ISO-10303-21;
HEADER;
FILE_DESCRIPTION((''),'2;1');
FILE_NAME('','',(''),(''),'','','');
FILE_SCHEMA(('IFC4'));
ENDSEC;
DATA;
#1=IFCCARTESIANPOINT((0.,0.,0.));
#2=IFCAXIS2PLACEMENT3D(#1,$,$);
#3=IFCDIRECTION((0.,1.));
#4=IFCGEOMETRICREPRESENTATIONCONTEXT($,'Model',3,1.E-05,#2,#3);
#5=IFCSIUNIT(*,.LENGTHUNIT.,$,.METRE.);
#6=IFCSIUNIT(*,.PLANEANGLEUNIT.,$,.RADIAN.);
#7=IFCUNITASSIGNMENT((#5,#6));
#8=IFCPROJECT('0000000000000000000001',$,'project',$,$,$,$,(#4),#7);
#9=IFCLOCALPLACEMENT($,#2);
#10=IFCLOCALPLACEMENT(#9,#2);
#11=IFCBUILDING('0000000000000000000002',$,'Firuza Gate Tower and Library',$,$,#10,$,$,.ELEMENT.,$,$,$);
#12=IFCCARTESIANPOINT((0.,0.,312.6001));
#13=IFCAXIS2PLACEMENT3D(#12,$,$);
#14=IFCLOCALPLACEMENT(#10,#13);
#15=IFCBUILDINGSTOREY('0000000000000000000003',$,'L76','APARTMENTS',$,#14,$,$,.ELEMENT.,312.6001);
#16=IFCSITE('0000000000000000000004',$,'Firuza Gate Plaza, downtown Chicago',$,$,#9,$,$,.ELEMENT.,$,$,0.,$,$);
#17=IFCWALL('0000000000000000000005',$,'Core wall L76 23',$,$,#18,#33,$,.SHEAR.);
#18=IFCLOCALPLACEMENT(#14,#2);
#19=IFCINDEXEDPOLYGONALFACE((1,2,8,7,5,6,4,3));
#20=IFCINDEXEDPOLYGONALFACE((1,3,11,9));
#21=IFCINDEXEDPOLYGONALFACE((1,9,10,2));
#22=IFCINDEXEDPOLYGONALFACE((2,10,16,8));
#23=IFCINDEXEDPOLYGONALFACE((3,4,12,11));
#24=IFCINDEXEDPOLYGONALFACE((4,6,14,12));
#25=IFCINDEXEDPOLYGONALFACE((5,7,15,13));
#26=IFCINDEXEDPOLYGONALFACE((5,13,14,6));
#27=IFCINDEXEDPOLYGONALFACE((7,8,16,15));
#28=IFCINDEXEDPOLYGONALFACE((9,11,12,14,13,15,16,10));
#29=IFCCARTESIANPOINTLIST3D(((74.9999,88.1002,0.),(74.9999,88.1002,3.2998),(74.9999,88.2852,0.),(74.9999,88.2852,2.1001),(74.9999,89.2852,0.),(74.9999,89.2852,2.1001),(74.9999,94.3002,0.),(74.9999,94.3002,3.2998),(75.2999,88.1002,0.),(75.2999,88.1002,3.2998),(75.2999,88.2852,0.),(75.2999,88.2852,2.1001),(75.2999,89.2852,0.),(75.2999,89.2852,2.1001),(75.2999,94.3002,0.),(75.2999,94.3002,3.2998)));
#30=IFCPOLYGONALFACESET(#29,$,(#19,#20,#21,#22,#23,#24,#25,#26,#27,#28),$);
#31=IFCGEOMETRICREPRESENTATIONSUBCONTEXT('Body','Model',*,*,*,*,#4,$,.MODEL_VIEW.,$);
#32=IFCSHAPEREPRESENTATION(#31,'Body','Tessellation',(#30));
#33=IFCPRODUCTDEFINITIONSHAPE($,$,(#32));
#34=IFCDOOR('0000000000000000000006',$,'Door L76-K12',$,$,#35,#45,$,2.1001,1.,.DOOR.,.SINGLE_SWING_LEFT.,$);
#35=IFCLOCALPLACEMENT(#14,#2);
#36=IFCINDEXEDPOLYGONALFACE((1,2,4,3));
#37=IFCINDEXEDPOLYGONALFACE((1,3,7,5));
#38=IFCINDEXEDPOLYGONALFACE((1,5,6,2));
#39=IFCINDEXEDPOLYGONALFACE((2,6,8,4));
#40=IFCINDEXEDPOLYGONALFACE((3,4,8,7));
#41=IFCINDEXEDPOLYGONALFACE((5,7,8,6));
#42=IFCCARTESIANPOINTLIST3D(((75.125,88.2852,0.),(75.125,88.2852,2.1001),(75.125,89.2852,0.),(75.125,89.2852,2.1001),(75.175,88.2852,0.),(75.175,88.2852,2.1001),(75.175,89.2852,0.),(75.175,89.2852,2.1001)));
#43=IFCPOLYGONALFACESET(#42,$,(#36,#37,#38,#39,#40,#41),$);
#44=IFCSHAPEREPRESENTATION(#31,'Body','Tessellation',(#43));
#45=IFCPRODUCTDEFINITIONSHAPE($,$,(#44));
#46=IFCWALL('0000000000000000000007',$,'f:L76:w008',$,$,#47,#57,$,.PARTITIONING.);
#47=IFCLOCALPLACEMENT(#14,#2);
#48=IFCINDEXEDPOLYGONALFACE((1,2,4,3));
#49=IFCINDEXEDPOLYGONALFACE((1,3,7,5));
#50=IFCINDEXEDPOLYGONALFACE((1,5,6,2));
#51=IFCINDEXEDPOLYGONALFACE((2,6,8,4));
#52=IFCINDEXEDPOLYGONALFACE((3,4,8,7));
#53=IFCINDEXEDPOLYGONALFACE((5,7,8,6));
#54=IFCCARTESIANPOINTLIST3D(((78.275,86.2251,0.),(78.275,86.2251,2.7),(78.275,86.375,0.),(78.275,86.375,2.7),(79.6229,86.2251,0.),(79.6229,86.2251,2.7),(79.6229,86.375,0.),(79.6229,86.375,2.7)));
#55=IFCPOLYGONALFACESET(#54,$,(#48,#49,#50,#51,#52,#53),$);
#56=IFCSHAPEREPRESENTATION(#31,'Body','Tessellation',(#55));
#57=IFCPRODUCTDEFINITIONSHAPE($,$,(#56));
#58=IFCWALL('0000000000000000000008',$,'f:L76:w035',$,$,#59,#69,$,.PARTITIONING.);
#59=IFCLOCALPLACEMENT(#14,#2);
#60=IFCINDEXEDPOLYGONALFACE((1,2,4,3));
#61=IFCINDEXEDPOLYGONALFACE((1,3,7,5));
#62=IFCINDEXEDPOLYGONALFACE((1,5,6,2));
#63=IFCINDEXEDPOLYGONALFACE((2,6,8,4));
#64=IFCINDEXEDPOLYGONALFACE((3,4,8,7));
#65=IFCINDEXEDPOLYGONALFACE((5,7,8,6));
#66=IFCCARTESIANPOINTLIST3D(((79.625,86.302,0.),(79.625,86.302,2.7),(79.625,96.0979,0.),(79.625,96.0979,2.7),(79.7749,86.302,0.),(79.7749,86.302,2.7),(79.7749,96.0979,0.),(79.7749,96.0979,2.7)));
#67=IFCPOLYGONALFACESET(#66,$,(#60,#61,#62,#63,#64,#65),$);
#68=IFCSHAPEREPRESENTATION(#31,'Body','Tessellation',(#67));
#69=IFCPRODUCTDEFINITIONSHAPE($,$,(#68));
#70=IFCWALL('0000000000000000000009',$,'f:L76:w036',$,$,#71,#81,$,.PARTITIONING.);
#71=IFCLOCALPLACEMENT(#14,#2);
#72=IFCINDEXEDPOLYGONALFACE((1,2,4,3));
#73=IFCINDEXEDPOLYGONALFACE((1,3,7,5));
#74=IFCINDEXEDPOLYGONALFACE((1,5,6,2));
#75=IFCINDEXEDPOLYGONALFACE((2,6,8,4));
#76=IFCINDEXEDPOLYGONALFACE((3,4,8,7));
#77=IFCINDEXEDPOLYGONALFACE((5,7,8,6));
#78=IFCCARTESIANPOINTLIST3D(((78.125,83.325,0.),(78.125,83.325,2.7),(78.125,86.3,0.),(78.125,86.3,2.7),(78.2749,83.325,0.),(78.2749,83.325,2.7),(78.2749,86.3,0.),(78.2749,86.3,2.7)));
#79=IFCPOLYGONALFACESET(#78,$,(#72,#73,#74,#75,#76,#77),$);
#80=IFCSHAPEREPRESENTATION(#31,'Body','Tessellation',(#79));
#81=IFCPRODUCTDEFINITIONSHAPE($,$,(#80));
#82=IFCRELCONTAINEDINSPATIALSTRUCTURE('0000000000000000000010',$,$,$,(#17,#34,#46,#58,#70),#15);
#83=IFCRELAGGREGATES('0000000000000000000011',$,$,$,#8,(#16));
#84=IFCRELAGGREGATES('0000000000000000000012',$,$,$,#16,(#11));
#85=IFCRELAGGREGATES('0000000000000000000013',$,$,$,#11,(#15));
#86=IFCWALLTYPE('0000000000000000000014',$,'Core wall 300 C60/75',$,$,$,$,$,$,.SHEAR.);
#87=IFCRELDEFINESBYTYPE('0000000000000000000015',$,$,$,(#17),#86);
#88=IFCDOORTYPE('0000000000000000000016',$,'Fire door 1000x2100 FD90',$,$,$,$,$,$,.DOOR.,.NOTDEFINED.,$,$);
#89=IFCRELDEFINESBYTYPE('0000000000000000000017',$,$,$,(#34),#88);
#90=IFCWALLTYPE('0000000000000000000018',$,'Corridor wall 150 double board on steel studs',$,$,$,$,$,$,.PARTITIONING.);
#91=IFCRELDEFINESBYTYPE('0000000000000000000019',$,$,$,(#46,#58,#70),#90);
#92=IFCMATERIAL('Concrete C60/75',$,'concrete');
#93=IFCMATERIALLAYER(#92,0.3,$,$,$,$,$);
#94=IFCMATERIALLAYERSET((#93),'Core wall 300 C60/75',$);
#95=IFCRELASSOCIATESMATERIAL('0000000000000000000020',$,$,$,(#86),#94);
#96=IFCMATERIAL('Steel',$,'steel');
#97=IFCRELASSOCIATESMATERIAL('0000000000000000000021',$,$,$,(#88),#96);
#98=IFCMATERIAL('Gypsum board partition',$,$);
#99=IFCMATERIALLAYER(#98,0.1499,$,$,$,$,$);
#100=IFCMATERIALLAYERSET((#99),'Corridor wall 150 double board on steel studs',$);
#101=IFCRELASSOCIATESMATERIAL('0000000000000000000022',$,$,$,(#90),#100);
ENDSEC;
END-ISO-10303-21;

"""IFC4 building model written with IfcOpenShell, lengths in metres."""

from ifc_helpers import new_model, si_unit, direction, frame, frame_2d, origin, place, context, subcontext, project, spatial, rectangle, extrude, material, layer, layer_set, type_object, element, fill, save


model = new_model("IFC4")

# Units and contexts
model_context = context("Model", 3, precision=1e-05, world=origin(), true_north=direction((0.0, 1.0)))
body_context = subcontext(model_context, "Body", "Model", "MODEL_VIEW")
ifc_project = project(units=[si_unit("LENGTHUNIT", "METRE"), si_unit("PLANEANGLEUNIT", "RADIAN")], contexts=[model_context])

# Site, building, storey
site_placement = place(None, origin())
site = spatial("IfcSite", under=ifc_project, at=site_placement, Name="Firuza Gate Plaza, downtown Chicago", CompositionType="ELEMENT", RefElevation=0.0)
building_placement = place(site_placement, origin())
building = spatial("IfcBuilding", under=site, at=building_placement, Name="Firuza Gate Tower and Library", CompositionType="ELEMENT")
storey_placement = place(building_placement, frame((0.0, 0.0, 312.6001)))
storey = spatial("IfcBuildingStorey", under=building, at=storey_placement, Name="L76", Description="APARTMENTS", CompositionType="ELEMENT", Elevation=312.6001)

# Shared definitions
ifc_material_1 = material(Name="Concrete C60/75", Category="concrete")
ifc_layer_1 = layer(ifc_material_1, 0.3)
ifc_layer_set_1 = layer_set([ifc_layer_1], Name="Core wall 300 C60/75")
wall_type_1 = type_object("IfcWallType", Name="Core wall 300 C60/75", PredefinedType="SHEAR", material=ifc_layer_set_1)

# Wall, opening, door
wall_1_placement = place(storey_placement, frame((75.1499, 88.1001, 0.0), z_axis=(0.0, 0.0, 1.0), x_axis=(0.0, 1.0, 0.0)))
wall_1 = element("IfcWall", 1, at=wall_1_placement, inside=storey, type_object=wall_type_1, Name="Core wall L76 23", PredefinedType="SHEAR", context=body_context, shape_type="SweptSolid", body=[
    extrude(rectangle(XDim=6.2, YDim=0.3, at=frame_2d((3.1001, 0.0))), origin(), (0.0, 0.0, 1.0), 3.2998),
])
opening_placement = place(wall_1_placement, frame((0.1851, 0.0, 0.0)))
opening = element("IfcOpeningElement", 2, at=opening_placement, cuts=wall_1, PredefinedType="OPENING", context=body_context, shape_type="SweptSolid", body=[
    extrude(rectangle(XDim=1.0, YDim=2.1001, at=frame_2d((0.5, 1.05))), frame((0.0, 0.1602, 0.0), z_axis=(0.0, -1.0, 0.0), x_axis=(1.0, 0.0, 0.0)), (0.0, 0.0, 1.0), 0.3201),
])
ifc_material_2 = material(Name="Steel", Category="steel")
door_type = type_object("IfcDoorType", Name="Fire door 1000x2100 FD90", OperationType="NOTDEFINED", PredefinedType="DOOR", material=ifc_material_2)
door_placement = place(opening_placement, origin())
door = element("IfcDoor", 3, at=door_placement, inside=storey, type_object=door_type, Name="Door L76-K12", OperationType="SINGLE_SWING_LEFT", OverallHeight=2.1001, OverallWidth=1.0, PredefinedType="DOOR", context=body_context, shape_type="SweptSolid", body=[
    extrude(rectangle(XDim=1.0, YDim=2.1001, at=frame_2d((0.5, 1.05))), frame((0.0, 0.0249, 0.0), z_axis=(0.0, -1.0, 0.0), x_axis=(1.0, 0.0, 0.0)), (0.0, 0.0, 1.0), 0.05),
])
fill(opening, door)

# Walls
ifc_material_3 = material(Name="Gypsum board partition")
ifc_layer_2 = layer(ifc_material_3, 0.1499)
ifc_layer_set_2 = layer_set([ifc_layer_2], Name="Corridor wall 150 double board on steel studs")
wall_type_2 = type_object("IfcWallType", Name="Corridor wall 150 double board on steel studs", PredefinedType="PARTITIONING", material=ifc_layer_set_2)
wall_2_placement = place(storey_placement, frame((78.2751, 86.3, 0.0), z_axis=(0.0, 0.0, 1.0), x_axis=(1.0, 0.0, 0.0)))
element("IfcWall", 4, at=wall_2_placement, inside=storey, type_object=wall_type_2, Name="f:L76:w008", PredefinedType="PARTITIONING", context=body_context, shape_type="SweptSolid", body=[
    extrude(rectangle(XDim=1.3479, YDim=0.1499, at=frame_2d((0.6738, 0.0))), origin(), (0.0, 0.0, 1.0), 2.7),
])
wall_3_placement = place(storey_placement, frame((79.7, 86.302, 0.0), z_axis=(0.0, 0.0, 1.0), x_axis=(0.0, 1.0, 0.0)))
element("IfcWall", 5, at=wall_3_placement, inside=storey, type_object=wall_type_2, Name="f:L76:w035", PredefinedType="PARTITIONING", context=body_context, shape_type="SweptSolid", body=[
    extrude(rectangle(XDim=9.7959, YDim=0.1499, at=frame_2d((4.8979, 0.0))), origin(), (0.0, 0.0, 1.0), 2.7),
])
wall_4_placement = place(storey_placement, frame((78.2, 83.325, 0.0), z_axis=(0.0, 0.0, 1.0), x_axis=(0.0, 1.0, 0.0)))
element("IfcWall", 6, at=wall_4_placement, inside=storey, type_object=wall_type_2, Name="f:L76:w036", PredefinedType="PARTITIONING", context=body_context, shape_type="SweptSolid", body=[
    extrude(rectangle(XDim=2.9751, YDim=0.1499, at=frame_2d((1.4875, 0.0))), origin(), (0.0, 0.0, 1.0), 2.7),
])

save(model, "model.ifc")
